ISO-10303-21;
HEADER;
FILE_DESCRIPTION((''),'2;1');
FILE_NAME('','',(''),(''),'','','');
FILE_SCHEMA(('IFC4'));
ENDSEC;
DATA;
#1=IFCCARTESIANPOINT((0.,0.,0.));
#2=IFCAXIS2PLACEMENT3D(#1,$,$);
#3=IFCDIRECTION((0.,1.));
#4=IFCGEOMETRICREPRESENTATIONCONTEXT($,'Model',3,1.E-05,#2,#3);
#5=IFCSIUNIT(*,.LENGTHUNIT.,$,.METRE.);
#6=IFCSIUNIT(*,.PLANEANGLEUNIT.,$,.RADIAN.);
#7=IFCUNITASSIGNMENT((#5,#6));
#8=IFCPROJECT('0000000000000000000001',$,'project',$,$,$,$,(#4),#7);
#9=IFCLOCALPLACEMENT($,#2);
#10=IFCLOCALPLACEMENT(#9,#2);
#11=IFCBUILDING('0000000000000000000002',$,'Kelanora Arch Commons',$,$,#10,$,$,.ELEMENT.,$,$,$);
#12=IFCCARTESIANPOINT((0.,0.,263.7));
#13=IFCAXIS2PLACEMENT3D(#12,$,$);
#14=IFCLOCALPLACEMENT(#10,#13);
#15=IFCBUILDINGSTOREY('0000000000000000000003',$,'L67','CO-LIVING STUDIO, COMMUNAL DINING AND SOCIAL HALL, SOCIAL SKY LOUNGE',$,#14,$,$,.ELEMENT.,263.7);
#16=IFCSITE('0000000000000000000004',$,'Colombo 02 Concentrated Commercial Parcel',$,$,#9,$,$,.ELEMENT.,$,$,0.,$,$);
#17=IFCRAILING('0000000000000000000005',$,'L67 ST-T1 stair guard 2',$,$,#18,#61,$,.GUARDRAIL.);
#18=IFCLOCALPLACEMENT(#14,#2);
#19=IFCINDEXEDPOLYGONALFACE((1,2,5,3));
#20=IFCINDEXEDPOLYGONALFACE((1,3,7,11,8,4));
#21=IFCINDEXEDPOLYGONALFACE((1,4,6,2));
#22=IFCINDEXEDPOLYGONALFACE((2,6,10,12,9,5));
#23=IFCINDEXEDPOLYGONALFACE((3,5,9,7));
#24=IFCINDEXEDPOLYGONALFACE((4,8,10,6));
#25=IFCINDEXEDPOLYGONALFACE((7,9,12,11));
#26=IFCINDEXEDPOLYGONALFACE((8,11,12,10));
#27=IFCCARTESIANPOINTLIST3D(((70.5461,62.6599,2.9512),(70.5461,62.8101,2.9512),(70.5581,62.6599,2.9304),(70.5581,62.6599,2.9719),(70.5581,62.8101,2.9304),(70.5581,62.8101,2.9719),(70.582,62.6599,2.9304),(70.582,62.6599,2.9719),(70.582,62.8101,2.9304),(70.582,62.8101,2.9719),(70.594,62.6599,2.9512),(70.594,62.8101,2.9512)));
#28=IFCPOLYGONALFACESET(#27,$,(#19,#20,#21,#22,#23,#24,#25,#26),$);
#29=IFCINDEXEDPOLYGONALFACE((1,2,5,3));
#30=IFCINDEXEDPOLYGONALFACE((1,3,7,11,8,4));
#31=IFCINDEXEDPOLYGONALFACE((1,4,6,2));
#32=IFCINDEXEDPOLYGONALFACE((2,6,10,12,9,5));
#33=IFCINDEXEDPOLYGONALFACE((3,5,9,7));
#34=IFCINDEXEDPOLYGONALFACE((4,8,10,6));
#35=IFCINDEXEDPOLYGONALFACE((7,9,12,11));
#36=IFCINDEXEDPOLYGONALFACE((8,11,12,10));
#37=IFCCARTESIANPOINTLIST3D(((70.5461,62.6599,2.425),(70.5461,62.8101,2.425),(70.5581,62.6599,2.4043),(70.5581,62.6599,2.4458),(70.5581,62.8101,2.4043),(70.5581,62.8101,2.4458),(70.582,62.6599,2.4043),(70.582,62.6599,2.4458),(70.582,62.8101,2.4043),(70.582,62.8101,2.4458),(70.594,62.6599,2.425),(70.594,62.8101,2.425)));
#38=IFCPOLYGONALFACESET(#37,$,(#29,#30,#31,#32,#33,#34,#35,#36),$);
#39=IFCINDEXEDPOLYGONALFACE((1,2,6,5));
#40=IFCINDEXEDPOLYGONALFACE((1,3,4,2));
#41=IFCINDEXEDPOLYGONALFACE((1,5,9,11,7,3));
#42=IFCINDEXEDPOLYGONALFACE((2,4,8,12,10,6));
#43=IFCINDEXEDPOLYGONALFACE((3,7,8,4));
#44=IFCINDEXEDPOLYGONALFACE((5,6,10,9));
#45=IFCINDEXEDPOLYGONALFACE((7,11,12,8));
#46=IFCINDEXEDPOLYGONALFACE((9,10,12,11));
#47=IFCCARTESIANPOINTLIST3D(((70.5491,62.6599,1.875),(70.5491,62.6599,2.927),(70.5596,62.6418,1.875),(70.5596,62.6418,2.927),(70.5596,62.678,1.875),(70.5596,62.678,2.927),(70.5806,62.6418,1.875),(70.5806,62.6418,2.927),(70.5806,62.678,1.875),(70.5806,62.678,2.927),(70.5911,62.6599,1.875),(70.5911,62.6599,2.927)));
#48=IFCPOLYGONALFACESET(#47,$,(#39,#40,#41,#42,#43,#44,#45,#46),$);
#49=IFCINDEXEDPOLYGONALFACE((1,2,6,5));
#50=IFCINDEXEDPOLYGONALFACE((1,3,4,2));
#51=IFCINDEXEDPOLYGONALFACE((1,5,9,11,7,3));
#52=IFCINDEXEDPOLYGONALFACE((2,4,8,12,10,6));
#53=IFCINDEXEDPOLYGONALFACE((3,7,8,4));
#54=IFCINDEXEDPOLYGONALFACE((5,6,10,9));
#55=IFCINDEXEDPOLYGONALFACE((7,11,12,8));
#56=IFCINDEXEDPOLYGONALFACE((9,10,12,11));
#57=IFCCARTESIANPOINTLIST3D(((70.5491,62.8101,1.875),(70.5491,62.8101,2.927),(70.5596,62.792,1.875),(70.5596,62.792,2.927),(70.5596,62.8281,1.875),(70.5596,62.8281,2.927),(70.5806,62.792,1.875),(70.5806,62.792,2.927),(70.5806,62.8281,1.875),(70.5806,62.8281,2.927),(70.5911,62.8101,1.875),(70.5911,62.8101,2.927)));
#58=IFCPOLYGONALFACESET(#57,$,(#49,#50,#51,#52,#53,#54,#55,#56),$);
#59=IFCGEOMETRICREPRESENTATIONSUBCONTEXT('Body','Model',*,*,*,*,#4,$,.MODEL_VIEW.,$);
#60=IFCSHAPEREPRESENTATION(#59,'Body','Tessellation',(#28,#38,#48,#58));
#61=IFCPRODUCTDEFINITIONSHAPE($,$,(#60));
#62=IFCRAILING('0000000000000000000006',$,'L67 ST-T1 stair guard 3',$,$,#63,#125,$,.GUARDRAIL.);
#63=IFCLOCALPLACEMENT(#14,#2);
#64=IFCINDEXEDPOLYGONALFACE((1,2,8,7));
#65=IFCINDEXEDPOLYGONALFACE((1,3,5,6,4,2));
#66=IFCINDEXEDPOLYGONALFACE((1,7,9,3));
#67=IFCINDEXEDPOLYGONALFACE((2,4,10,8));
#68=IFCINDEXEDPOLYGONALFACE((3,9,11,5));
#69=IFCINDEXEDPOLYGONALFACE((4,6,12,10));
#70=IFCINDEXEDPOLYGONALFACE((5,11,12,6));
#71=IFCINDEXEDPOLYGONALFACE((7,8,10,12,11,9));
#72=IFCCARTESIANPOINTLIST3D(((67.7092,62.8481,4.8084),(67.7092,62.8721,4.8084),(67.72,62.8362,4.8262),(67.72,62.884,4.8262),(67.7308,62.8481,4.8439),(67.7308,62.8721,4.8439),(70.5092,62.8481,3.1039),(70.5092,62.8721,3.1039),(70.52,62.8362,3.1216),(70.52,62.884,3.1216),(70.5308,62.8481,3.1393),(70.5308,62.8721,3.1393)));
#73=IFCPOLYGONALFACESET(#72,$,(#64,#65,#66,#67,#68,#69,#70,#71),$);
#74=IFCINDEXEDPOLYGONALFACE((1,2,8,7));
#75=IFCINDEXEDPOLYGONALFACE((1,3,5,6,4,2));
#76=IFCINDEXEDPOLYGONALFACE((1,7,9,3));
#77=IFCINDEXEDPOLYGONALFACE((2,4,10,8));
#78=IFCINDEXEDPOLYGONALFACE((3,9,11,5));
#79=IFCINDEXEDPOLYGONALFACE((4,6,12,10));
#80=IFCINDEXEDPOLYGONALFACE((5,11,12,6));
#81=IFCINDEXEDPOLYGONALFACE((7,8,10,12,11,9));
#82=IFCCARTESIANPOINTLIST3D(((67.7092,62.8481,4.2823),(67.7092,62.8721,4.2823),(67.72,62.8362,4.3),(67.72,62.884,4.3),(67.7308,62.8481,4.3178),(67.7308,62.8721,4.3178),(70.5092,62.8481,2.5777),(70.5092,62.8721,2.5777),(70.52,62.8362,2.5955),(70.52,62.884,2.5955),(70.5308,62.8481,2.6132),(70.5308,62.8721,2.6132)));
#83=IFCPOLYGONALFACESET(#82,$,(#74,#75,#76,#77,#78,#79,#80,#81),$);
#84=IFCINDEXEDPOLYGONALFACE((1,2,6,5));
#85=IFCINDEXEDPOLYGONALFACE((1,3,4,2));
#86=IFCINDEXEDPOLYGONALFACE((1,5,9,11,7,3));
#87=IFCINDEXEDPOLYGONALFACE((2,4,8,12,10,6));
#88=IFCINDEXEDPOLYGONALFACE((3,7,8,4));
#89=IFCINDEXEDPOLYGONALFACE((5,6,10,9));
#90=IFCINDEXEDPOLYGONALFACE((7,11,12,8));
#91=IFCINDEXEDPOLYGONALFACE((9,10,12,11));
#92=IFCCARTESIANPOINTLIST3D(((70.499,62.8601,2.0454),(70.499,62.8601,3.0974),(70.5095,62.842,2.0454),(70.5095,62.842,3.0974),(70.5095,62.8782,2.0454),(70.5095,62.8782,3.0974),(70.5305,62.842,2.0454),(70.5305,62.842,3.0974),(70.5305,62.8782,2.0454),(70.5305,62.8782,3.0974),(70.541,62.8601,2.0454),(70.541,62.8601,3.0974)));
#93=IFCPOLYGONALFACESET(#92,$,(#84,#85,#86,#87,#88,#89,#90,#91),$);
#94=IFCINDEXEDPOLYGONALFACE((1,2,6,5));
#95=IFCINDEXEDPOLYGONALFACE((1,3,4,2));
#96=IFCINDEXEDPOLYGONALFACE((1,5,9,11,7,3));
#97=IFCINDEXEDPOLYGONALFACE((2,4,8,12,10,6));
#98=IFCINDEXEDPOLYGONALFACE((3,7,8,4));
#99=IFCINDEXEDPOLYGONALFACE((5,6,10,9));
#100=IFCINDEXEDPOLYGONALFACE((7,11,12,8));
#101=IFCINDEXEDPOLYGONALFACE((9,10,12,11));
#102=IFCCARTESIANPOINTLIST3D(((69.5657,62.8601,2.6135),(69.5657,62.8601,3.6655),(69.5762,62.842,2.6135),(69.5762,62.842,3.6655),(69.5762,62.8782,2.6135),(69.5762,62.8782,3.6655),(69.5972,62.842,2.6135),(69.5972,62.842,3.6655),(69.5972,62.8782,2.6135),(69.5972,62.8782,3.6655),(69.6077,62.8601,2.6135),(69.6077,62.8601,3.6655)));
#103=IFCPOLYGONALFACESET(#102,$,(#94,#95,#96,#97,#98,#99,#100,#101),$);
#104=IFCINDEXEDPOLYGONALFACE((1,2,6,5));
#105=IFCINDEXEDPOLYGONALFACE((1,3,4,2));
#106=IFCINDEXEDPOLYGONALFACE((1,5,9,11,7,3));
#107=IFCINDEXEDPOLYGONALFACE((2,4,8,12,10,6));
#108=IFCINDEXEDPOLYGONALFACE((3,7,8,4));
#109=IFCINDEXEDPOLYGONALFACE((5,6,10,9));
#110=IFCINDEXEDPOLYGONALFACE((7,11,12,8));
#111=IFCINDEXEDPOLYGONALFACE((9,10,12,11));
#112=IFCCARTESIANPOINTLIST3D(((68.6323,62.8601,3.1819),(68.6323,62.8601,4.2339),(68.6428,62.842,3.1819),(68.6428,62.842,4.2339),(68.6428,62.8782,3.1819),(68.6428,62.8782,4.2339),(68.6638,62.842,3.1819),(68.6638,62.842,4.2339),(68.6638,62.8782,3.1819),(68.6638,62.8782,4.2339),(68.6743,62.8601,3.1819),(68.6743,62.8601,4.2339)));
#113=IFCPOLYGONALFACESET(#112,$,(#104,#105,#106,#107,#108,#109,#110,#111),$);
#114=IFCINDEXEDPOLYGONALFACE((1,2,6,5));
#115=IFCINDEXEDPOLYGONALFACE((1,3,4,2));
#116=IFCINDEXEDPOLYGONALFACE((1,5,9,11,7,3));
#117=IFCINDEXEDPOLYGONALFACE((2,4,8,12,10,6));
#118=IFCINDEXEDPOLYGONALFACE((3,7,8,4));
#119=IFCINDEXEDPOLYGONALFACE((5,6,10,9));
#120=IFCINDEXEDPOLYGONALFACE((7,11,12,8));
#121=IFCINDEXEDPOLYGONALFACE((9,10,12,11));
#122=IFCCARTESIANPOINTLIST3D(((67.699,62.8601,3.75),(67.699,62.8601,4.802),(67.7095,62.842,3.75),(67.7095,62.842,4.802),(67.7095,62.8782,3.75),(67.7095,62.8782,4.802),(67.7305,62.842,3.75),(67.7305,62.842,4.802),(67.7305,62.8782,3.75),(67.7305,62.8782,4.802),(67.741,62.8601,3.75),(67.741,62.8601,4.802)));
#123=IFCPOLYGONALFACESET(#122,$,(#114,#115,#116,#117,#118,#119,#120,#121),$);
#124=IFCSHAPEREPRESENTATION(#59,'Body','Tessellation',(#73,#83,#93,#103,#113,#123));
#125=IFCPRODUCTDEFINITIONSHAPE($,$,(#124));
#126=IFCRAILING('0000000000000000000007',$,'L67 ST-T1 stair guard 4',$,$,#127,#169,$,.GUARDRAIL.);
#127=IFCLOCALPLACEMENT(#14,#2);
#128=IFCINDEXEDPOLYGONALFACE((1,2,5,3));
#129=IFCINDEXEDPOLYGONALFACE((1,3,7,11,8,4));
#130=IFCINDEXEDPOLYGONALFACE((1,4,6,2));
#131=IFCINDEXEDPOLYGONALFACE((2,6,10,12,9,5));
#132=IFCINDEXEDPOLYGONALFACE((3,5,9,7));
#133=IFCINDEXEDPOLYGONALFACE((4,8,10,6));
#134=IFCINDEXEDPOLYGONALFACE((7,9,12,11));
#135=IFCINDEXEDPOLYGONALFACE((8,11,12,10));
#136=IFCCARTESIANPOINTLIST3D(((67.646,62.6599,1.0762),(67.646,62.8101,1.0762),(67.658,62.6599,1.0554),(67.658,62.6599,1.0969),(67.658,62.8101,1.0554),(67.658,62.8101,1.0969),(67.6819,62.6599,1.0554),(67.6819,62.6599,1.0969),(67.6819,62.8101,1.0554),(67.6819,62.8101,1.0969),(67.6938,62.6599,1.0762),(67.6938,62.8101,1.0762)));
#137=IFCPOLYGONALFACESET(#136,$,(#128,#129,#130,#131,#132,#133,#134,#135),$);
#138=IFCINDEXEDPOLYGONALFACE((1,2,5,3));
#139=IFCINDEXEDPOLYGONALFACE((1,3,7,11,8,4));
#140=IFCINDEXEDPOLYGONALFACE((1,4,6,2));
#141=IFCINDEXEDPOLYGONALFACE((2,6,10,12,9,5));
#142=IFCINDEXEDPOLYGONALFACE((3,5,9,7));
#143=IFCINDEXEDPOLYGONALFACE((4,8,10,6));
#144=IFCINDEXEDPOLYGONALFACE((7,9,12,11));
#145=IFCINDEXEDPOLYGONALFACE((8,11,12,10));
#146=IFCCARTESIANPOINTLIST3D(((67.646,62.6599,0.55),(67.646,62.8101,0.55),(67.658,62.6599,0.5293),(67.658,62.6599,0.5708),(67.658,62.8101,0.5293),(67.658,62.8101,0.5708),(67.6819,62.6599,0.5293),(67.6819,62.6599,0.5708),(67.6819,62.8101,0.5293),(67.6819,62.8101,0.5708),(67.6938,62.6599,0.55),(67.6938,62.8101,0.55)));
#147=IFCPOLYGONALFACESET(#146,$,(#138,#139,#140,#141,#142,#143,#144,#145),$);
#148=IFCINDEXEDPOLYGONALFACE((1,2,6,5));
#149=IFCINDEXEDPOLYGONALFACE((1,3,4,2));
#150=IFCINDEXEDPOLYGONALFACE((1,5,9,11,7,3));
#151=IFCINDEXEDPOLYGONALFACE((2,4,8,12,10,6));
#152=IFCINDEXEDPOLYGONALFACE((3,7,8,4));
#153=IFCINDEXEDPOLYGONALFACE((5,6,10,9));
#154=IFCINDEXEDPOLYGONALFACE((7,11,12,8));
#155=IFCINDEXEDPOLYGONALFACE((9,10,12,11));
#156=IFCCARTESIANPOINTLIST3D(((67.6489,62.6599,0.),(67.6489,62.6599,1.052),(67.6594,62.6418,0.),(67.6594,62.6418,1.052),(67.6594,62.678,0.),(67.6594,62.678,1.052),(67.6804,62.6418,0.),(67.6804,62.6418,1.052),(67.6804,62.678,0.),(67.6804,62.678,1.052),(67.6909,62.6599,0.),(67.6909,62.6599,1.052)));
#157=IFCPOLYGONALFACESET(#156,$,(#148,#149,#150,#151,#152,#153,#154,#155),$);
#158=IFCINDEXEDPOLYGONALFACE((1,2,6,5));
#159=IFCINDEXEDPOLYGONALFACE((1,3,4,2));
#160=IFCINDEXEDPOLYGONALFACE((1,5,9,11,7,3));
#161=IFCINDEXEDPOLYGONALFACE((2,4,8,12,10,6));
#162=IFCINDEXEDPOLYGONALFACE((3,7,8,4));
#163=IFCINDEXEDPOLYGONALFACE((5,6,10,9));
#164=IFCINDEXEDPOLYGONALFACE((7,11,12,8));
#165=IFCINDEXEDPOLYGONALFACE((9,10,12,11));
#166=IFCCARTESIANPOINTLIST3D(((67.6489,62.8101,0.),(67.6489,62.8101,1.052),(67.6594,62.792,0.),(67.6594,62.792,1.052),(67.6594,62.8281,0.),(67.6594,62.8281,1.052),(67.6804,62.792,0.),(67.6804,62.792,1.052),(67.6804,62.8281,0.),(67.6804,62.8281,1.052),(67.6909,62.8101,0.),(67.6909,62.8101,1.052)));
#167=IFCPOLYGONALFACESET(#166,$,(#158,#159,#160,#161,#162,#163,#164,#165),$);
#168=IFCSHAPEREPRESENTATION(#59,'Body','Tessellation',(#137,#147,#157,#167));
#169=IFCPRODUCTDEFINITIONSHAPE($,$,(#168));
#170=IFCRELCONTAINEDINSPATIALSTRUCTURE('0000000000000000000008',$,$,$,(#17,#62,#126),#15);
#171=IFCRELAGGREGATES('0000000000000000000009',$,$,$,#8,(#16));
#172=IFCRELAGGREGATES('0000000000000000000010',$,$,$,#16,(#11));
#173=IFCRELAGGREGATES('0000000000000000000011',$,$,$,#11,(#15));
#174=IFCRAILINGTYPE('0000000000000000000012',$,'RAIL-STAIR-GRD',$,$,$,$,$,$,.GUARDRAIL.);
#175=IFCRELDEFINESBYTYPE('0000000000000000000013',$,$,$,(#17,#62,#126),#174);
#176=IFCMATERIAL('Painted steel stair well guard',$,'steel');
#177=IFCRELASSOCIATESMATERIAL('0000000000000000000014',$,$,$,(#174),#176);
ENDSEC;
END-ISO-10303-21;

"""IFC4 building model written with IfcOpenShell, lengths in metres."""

from ifc_helpers import new_model, si_unit, direction, frame, origin, place, context, subcontext, project, spatial, polyline, outline, extrude, material, type_object, element, save


model = new_model("IFC4")

# Units and contexts
model_context = context("Model", 3, precision=1e-05, world=origin(), true_north=direction((0.0, 1.0)))
body_context = subcontext(model_context, "Body", "Model", "MODEL_VIEW")
ifc_project = project(units=[si_unit("LENGTHUNIT", "METRE"), si_unit("PLANEANGLEUNIT", "RADIAN")], contexts=[model_context])

# Site, building, storey
site_placement = place(None, origin())
site = spatial("IfcSite", under=ifc_project, at=site_placement, Name="Colombo 02 Concentrated Commercial Parcel", CompositionType="ELEMENT", RefElevation=0.0)
building_placement = place(site_placement, origin())
building = spatial("IfcBuilding", under=site, at=building_placement, Name="Kelanora Arch Commons", CompositionType="ELEMENT")
storey_placement = place(building_placement, frame((0.0, 0.0, 263.7)))
storey = spatial("IfcBuildingStorey", under=building, at=storey_placement, Name="L67", Description="CO-LIVING STUDIO, COMMUNAL DINING AND SOCIAL HALL, SOCIAL SKY LOUNGE", CompositionType="ELEMENT", Elevation=263.7)

# Railings
ifc_material_1 = material(Name="Painted steel stair well guard", Category="steel")
railing_type_1 = type_object("IfcRailingType", Name="RAIL-STAIR-GRD", PredefinedType="GUARDRAIL", material=ifc_material_1)
railing_1_placement = place(storey_placement, frame((70.5701, 62.6599, 1.875)))
element("IfcRailing", 1, at=railing_1_placement, inside=storey, type_object=railing_type_1, Name="L67 ST-T1 stair guard 2", PredefinedType="GUARDRAIL", context=body_context, shape_type="SweptSolid", body=[
    extrude(outline(polyline([(0.0239, 0.0), (0.012, 0.0208), (-0.012, 0.0208), (-0.0239, 0.0), (-0.012, -0.0208), (0.012, -0.0208), (0.0239, 0.0)])), frame((0.0, 0.0, 1.0762), z_axis=(0.0, 1.0, 0.0), x_axis=(-1.0, 0.0, 0.0)), (0.0, 0.0, 1.0), 0.1501),
    extrude(outline(polyline([(0.0239, 0.0), (0.012, 0.0208), (-0.012, 0.0208), (-0.0239, 0.0), (-0.012, -0.0208), (0.012, -0.0208), (0.0239, 0.0)])), frame((0.0, 0.0, 0.55), z_axis=(0.0, 1.0, 0.0), x_axis=(-1.0, 0.0, 0.0)), (0.0, 0.0, 1.0), 0.1501),
    extrude(outline(polyline([(0.021, 0.0), (0.0105, 0.0181), (-0.0105, 0.0181), (-0.021, 0.0), (-0.0105, -0.0181), (0.0105, -0.0181), (0.021, 0.0)])), origin(), (0.0, 0.0, 1.0), 1.052),
    extrude(outline(polyline([(0.021, 0.0), (0.0105, 0.0181), (-0.0105, 0.0181), (-0.021, 0.0), (-0.0105, -0.0181), (0.0105, -0.0181), (0.021, 0.0)])), frame((0.0, 0.1501, 0.0)), (0.0, 0.0, 1.0), 1.052),
])
railing_2_placement = place(storey_placement, frame((70.52, 62.8601, 2.0454)))
element("IfcRailing", 2, at=railing_2_placement, inside=storey, type_object=railing_type_1, Name="L67 ST-T1 stair guard 3", PredefinedType="GUARDRAIL", context=body_context, shape_type="SweptSolid", body=[
    extrude(outline(polyline([(0.0239, 0.0), (0.012, 0.0208), (-0.012, 0.0208), (-0.0239, 0.0), (-0.012, -0.0208), (0.012, -0.0208), (0.0239, 0.0)])), frame((0.0, 0.0, 1.0762), z_axis=(-0.85417, 0.0, 0.519994), x_axis=(0.0, -1.0, 0.0)), (0.0, 0.0, 1.0), 3.2781),
    extrude(outline(polyline([(0.0239, 0.0), (0.012, 0.0208), (-0.012, 0.0208), (-0.0239, 0.0), (-0.012, -0.0208), (0.012, -0.0208), (0.0239, 0.0)])), frame((0.0, 0.0, 0.55), z_axis=(-0.85417, 0.0, 0.519994), x_axis=(0.0, -1.0, 0.0)), (0.0, 0.0, 1.0), 3.2781),
    extrude(outline(polyline([(0.021, 0.0), (0.0105, 0.0181), (-0.0105, 0.0181), (-0.021, 0.0), (-0.0105, -0.0181), (0.0105, -0.0181), (0.021, 0.0)])), origin(), (0.0, 0.0, 1.0), 1.052),
    extrude(outline(polyline([(0.021, 0.0), (0.0105, 0.0181), (-0.0105, 0.0181), (-0.021, 0.0), (-0.0105, -0.0181), (0.0105, -0.0181), (0.021, 0.0)])), frame((-0.9333, 0.0, 0.5681)), (0.0, 0.0, 1.0), 1.052),
    extrude(outline(polyline([(0.021, 0.0), (0.0105, 0.0181), (-0.0105, 0.0181), (-0.021, 0.0), (-0.0105, -0.0181), (0.0105, -0.0181), (0.021, 0.0)])), frame((-1.8667, 0.0, 1.1365)), (0.0, 0.0, 1.0), 1.052),
    extrude(outline(polyline([(0.021, 0.0), (0.0105, 0.0181), (-0.0105, 0.0181), (-0.021, 0.0), (-0.0105, -0.0181), (0.0105, -0.0181), (0.021, 0.0)])), frame((-2.8, 0.0, 1.7046)), (0.0, 0.0, 1.0), 1.052),
])
railing_3_placement = place(storey_placement, frame((67.6699, 62.6599, 0.0)))
element("IfcRailing", 3, at=railing_3_placement, inside=storey, type_object=railing_type_1, Name="L67 ST-T1 stair guard 4", PredefinedType="GUARDRAIL", context=body_context, shape_type="SweptSolid", body=[
    extrude(outline(polyline([(0.0239, 0.0), (0.012, 0.0208), (-0.012, 0.0208), (-0.0239, 0.0), (-0.012, -0.0208), (0.012, -0.0208), (0.0239, 0.0)])), frame((0.0, 0.0, 1.0762), z_axis=(0.0, 1.0, 0.0), x_axis=(-1.0, 0.0, 0.0)), (0.0, 0.0, 1.0), 0.1501),
    extrude(outline(polyline([(0.0239, 0.0), (0.012, 0.0208), (-0.012, 0.0208), (-0.0239, 0.0), (-0.012, -0.0208), (0.012, -0.0208), (0.0239, 0.0)])), frame((0.0, 0.0, 0.55), z_axis=(0.0, 1.0, 0.0), x_axis=(-1.0, 0.0, 0.0)), (0.0, 0.0, 1.0), 0.1501),
    extrude(outline(polyline([(0.021, 0.0), (0.0105, 0.0181), (-0.0105, 0.0181), (-0.021, 0.0), (-0.0105, -0.0181), (0.0105, -0.0181), (0.021, 0.0)])), origin(), (0.0, 0.0, 1.0), 1.052),
    extrude(outline(polyline([(0.021, 0.0), (0.0105, 0.0181), (-0.0105, 0.0181), (-0.021, 0.0), (-0.0105, -0.0181), (0.0105, -0.0181), (0.021, 0.0)])), frame((0.0, 0.1501, 0.0)), (0.0, 0.0, 1.0), 1.052),
])

save(model, "model.ifc")
